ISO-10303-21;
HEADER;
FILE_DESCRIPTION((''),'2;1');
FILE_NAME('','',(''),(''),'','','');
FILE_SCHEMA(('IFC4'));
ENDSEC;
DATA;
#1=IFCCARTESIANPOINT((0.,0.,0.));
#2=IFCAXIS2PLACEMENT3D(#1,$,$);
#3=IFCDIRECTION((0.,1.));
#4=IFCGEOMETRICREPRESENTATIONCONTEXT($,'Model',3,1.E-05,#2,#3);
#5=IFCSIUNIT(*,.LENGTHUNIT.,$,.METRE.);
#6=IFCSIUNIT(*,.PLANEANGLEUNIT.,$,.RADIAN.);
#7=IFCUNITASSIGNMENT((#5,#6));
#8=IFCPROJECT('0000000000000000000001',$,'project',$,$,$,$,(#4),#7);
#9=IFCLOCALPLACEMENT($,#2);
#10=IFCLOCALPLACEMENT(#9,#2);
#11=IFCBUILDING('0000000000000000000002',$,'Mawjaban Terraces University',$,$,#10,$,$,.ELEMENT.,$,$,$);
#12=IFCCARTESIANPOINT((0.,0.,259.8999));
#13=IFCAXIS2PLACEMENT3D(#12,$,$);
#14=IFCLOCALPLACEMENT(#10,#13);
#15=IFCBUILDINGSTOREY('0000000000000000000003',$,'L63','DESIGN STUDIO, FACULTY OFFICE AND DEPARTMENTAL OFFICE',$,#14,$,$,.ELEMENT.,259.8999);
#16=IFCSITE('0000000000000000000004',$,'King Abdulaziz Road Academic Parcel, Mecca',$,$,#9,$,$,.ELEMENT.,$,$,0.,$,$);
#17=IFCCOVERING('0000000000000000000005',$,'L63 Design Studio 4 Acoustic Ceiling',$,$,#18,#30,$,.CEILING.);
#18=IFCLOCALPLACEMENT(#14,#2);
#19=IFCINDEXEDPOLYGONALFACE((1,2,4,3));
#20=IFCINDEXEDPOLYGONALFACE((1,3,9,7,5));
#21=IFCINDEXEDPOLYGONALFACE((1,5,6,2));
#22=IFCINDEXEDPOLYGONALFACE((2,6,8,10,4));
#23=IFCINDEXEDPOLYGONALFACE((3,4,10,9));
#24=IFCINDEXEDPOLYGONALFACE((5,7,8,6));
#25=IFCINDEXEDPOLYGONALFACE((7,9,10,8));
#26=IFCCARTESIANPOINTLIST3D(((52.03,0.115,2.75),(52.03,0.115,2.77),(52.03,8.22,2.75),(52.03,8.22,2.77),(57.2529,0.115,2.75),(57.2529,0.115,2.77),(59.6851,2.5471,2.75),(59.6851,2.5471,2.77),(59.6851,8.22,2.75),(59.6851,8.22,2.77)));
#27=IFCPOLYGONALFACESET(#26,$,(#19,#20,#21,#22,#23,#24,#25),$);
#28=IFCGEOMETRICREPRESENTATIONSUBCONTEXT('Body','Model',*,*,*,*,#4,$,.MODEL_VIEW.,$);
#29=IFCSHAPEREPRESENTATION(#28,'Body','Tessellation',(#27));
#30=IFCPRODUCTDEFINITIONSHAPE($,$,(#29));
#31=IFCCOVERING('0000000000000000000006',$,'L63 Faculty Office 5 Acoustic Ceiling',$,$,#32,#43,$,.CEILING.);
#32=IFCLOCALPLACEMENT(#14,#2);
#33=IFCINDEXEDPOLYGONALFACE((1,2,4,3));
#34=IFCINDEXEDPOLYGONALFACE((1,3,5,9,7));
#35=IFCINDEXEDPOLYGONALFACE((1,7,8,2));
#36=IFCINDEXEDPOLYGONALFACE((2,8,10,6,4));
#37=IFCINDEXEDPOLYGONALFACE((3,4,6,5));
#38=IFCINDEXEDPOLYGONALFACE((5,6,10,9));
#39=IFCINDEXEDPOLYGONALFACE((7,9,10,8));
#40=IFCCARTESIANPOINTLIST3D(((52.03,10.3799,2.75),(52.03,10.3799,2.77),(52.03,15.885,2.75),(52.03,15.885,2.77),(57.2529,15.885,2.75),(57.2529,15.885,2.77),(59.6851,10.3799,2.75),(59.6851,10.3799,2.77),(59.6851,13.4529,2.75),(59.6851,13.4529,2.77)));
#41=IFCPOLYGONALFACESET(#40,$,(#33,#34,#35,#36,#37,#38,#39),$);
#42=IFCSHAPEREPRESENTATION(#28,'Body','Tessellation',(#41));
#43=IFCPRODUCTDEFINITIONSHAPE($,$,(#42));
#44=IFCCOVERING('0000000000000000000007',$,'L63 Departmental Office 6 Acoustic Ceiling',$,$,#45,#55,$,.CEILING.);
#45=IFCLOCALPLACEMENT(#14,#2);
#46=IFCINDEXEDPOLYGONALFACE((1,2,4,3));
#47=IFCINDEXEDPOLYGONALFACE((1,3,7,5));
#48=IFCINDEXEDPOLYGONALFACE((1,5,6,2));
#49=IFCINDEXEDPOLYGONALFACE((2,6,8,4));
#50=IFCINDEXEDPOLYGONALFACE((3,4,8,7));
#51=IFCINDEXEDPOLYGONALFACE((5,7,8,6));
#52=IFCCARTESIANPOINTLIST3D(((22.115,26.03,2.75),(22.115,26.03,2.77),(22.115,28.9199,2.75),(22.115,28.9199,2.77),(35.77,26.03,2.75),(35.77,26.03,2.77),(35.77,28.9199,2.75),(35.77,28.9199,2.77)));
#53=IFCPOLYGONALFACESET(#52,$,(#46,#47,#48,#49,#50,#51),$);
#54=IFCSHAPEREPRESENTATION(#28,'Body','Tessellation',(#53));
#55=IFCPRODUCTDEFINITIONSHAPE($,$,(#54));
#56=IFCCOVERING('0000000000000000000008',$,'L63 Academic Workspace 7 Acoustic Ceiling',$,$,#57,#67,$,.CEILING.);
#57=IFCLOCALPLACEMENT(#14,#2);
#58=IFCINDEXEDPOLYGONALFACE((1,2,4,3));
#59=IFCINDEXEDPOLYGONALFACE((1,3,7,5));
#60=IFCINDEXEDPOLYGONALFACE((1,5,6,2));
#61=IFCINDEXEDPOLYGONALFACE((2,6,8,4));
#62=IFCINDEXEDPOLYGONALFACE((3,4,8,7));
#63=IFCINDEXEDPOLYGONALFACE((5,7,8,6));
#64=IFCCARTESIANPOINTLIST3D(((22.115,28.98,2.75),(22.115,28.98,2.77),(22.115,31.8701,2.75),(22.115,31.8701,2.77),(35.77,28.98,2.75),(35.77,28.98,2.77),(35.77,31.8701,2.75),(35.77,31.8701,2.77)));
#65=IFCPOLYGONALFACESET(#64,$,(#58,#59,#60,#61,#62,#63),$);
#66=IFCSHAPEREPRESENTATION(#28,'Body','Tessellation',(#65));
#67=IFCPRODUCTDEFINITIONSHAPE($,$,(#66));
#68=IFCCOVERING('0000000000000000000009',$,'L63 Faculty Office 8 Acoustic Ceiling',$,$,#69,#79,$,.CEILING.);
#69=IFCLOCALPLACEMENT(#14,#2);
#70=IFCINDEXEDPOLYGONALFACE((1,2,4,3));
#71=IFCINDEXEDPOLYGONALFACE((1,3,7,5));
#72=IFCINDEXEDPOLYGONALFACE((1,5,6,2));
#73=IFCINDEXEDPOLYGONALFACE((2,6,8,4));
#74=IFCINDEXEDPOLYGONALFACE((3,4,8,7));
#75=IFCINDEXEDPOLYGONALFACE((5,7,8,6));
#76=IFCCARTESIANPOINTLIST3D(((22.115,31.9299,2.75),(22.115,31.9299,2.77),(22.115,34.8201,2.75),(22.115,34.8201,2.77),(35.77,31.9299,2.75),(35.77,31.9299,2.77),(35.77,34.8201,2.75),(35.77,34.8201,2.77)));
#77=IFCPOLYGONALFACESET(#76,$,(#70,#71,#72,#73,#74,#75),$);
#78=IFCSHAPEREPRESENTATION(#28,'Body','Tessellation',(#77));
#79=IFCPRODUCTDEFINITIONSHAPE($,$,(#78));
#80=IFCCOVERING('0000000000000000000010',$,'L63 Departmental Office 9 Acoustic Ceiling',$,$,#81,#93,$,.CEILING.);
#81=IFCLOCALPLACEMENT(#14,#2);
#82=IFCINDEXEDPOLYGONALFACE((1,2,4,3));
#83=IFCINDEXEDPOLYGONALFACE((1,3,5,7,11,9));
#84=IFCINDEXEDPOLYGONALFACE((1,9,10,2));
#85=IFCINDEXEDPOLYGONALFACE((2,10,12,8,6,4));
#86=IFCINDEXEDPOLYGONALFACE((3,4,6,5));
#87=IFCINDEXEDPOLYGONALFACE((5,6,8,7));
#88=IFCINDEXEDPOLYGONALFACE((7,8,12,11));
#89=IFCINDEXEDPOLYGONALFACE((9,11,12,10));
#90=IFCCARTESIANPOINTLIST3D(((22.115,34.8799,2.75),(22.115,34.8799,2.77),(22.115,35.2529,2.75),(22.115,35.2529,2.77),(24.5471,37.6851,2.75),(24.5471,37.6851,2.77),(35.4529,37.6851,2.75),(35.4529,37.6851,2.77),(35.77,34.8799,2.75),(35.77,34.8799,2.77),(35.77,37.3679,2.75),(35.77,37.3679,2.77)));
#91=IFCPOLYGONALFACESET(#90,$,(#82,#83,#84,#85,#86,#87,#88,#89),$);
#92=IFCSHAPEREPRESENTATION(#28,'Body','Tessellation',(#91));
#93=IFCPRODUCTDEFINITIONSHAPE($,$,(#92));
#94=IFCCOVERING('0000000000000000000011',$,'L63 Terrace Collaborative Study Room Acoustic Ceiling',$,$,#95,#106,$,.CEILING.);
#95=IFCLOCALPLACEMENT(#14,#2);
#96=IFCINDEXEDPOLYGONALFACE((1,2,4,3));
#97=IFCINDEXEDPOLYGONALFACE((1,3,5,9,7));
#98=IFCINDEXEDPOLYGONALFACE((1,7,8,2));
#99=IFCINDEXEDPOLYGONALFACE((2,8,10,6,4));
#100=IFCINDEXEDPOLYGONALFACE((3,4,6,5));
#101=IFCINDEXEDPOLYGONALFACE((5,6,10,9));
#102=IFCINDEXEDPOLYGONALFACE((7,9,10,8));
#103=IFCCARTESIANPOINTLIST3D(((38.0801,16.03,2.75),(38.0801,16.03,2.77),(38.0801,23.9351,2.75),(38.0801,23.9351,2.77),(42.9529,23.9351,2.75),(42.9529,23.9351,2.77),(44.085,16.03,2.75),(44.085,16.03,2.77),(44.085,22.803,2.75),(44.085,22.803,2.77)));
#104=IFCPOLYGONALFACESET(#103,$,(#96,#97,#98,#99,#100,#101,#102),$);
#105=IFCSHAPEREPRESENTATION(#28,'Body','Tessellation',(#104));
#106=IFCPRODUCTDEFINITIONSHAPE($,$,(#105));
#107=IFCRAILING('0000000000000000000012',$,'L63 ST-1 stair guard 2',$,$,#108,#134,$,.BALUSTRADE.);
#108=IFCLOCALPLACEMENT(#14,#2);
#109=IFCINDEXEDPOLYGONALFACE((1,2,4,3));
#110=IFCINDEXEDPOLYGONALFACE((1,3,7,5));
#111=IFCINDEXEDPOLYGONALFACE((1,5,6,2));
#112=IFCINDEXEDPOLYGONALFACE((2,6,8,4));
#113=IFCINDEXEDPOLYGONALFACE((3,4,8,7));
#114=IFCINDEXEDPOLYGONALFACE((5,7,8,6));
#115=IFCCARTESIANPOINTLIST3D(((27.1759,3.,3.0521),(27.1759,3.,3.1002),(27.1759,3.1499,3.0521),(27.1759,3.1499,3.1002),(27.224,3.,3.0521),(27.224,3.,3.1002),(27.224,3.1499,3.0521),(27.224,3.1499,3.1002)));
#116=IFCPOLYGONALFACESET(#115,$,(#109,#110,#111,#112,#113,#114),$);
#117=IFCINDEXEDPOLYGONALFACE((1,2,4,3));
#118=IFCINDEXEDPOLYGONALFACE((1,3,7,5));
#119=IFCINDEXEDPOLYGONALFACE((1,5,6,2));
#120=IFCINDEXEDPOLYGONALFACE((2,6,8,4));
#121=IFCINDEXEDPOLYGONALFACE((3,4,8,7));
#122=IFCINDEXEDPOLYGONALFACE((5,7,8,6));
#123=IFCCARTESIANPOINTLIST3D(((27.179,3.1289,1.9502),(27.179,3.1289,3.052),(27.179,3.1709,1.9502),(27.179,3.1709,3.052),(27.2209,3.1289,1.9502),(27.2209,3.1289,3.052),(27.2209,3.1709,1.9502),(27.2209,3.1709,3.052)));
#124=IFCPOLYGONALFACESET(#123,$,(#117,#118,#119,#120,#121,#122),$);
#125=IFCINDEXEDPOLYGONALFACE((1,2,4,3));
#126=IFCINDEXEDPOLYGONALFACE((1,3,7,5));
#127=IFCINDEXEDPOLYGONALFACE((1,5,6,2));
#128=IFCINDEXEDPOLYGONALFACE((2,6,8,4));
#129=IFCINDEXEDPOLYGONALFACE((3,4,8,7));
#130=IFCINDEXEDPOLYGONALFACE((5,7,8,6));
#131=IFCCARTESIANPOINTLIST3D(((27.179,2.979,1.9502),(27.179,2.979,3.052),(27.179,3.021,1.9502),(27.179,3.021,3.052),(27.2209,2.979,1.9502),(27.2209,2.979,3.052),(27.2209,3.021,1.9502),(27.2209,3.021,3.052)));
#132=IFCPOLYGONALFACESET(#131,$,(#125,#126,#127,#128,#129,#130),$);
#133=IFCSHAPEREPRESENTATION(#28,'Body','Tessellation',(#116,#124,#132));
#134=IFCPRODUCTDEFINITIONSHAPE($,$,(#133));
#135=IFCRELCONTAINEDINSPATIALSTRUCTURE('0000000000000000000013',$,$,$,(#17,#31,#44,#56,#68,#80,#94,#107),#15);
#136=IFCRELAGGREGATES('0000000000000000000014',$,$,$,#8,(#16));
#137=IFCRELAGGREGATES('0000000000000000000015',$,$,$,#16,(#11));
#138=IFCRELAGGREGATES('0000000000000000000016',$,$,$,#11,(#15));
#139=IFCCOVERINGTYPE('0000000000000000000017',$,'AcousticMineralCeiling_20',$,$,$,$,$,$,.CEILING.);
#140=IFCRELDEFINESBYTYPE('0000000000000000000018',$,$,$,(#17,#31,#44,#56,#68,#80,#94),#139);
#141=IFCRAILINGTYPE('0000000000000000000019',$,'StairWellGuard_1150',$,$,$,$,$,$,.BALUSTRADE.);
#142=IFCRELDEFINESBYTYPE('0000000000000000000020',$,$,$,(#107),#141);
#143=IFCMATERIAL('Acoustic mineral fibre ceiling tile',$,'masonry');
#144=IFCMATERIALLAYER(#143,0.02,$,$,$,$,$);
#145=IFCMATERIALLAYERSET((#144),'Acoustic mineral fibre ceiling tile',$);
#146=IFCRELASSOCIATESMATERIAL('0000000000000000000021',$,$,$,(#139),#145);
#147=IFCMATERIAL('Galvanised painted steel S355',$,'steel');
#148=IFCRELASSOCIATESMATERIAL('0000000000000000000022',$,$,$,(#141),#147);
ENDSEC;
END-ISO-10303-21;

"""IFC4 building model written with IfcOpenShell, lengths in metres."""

from ifc_helpers import new_model, si_unit, direction, frame, origin, origin_2d, place, context, subcontext, project, spatial, polyline, rectangle, outline, extrude, material, layer, layer_set, type_object, element, save


model = new_model("IFC4")

# Units and contexts
model_context = context("Model", 3, precision=1e-05, world=origin(), true_north=direction((0.0, 1.0)))
body_context = subcontext(model_context, "Body", "Model", "MODEL_VIEW")
ifc_project = project(units=[si_unit("LENGTHUNIT", "METRE"), si_unit("PLANEANGLEUNIT", "RADIAN")], contexts=[model_context])

# Site, building, storey
site_placement = place(None, origin())
site = spatial("IfcSite", under=ifc_project, at=site_placement, Name="King Abdulaziz Road Academic Parcel, Mecca", CompositionType="ELEMENT", RefElevation=0.0)
building_placement = place(site_placement, origin())
building = spatial("IfcBuilding", under=site, at=building_placement, Name="Mawjaban Terraces University", CompositionType="ELEMENT")
storey_placement = place(building_placement, frame((0.0, 0.0, 259.8999)))
storey = spatial("IfcBuildingStorey", under=building, at=storey_placement, Name="L63", Description="DESIGN STUDIO, FACULTY OFFICE AND DEPARTMENTAL OFFICE", CompositionType="ELEMENT", Elevation=259.8999)

# Coverings
ifc_material_1 = material(Name="Acoustic mineral fibre ceiling tile", Category="masonry")
ifc_layer_1 = layer(ifc_material_1, 0.02)
ifc_layer_set_1 = layer_set([ifc_layer_1], Name="Acoustic mineral fibre ceiling tile")
covering_type = type_object("IfcCoveringType", Name="AcousticMineralCeiling_20", PredefinedType="CEILING", material=ifc_layer_set_1)
covering_1_placement = place(storey_placement, frame((0.0, 0.0, 2.75)))
element("IfcCovering", 1, at=covering_1_placement, inside=storey, type_object=covering_type, Name="L63 Design Studio 4 Acoustic Ceiling", PredefinedType="CEILING", context=body_context, shape_type="SweptSolid", body=[
    extrude(outline(polyline([(52.03, 0.115), (57.2529, 0.115), (59.6851, 2.5471), (59.6851, 8.22), (52.03, 8.22), (52.03, 0.115)])), origin(), (0.0, 0.0, 1.0), 0.02),
])
covering_2_placement = place(storey_placement, frame((0.0, 0.0, 2.75)))
element("IfcCovering", 2, at=covering_2_placement, inside=storey, type_object=covering_type, Name="L63 Faculty Office 5 Acoustic Ceiling", PredefinedType="CEILING", context=body_context, shape_type="SweptSolid", body=[
    extrude(outline(polyline([(59.6851, 10.3799), (59.6851, 13.4529), (57.2529, 15.885), (52.03, 15.885), (52.03, 10.3799), (59.6851, 10.3799)])), origin(), (0.0, 0.0, 1.0), 0.02),
])
covering_3_placement = place(storey_placement, frame((0.0, 0.0, 2.75)))
element("IfcCovering", 3, at=covering_3_placement, inside=storey, type_object=covering_type, Name="L63 Departmental Office 6 Acoustic Ceiling", PredefinedType="CEILING", context=body_context, shape_type="SweptSolid", body=[
    extrude(outline(polyline([(22.115, 28.9199), (22.115, 26.03), (35.77, 26.03), (35.77, 28.9199), (22.115, 28.9199)])), origin(), (0.0, 0.0, 1.0), 0.02),
])
covering_4_placement = place(storey_placement, frame((0.0, 0.0, 2.75)))
element("IfcCovering", 4, at=covering_4_placement, inside=storey, type_object=covering_type, Name="L63 Academic Workspace 7 Acoustic Ceiling", PredefinedType="CEILING", context=body_context, shape_type="SweptSolid", body=[
    extrude(outline(polyline([(22.115, 31.8701), (22.115, 28.98), (35.77, 28.98), (35.77, 31.8701), (22.115, 31.8701)])), origin(), (0.0, 0.0, 1.0), 0.02),
])
covering_5_placement = place(storey_placement, frame((0.0, 0.0, 2.75)))
element("IfcCovering", 5, at=covering_5_placement, inside=storey, type_object=covering_type, Name="L63 Faculty Office 8 Acoustic Ceiling", PredefinedType="CEILING", context=body_context, shape_type="SweptSolid", body=[
    extrude(outline(polyline([(22.115, 34.8201), (22.115, 31.9299), (35.77, 31.9299), (35.77, 34.8201), (22.115, 34.8201)])), origin(), (0.0, 0.0, 1.0), 0.02),
])
covering_6_placement = place(storey_placement, frame((0.0, 0.0, 2.75)))
element("IfcCovering", 6, at=covering_6_placement, inside=storey, type_object=covering_type, Name="L63 Departmental Office 9 Acoustic Ceiling", PredefinedType="CEILING", context=body_context, shape_type="SweptSolid", body=[
    extrude(outline(polyline([(35.77, 37.3679), (35.4529, 37.6851), (24.5471, 37.6851), (22.115, 35.2529), (22.115, 34.8799), (35.77, 34.8799), (35.77, 37.3679)])), origin(), (0.0, 0.0, 1.0), 0.02),
])
covering_7_placement = place(storey_placement, frame((0.0, 0.0, 2.75)))
element("IfcCovering", 7, at=covering_7_placement, inside=storey, type_object=covering_type, Name="L63 Terrace Collaborative Study Room Acoustic Ceiling", PredefinedType="CEILING", context=body_context, shape_type="SweptSolid", body=[
    extrude(outline(polyline([(44.085, 16.03), (44.085, 22.803), (42.9529, 23.9351), (38.0801, 23.9351), (38.0801, 16.03), (44.085, 16.03)])), origin(), (0.0, 0.0, 1.0), 0.02),
])

# Railing
ifc_material_2 = material(Name="Galvanised painted steel S355", Category="steel")
railing_type = type_object("IfcRailingType", Name="StairWellGuard_1150", PredefinedType="BALUSTRADE", material=ifc_material_2)
railing_placement = place(storey_placement, frame((27.2, 3.1499, 1.9502)))
element("IfcRailing", 8, at=railing_placement, inside=storey, type_object=railing_type, Name="L63 ST-1 stair guard 2", PredefinedType="BALUSTRADE", context=body_context, shape_type="SweptSolid", body=[
    extrude(rectangle(XDim=0.0481, YDim=0.0481, at=origin_2d()), frame((0.0, 0.0, 1.126), z_axis=(0.0, -1.0, 0.0), x_axis=(1.0, 0.0, 0.0)), (0.0, 0.0, 1.0), 0.1499),
    extrude(rectangle(XDim=0.042, YDim=0.042, at=origin_2d()), origin(), (0.0, 0.0, 1.0), 1.1018),
    extrude(rectangle(XDim=0.042, YDim=0.042, at=origin_2d()), frame((0.0, -0.1499, 0.0)), (0.0, 0.0, 1.0), 1.1018),
])

save(model, "model.ifc")
